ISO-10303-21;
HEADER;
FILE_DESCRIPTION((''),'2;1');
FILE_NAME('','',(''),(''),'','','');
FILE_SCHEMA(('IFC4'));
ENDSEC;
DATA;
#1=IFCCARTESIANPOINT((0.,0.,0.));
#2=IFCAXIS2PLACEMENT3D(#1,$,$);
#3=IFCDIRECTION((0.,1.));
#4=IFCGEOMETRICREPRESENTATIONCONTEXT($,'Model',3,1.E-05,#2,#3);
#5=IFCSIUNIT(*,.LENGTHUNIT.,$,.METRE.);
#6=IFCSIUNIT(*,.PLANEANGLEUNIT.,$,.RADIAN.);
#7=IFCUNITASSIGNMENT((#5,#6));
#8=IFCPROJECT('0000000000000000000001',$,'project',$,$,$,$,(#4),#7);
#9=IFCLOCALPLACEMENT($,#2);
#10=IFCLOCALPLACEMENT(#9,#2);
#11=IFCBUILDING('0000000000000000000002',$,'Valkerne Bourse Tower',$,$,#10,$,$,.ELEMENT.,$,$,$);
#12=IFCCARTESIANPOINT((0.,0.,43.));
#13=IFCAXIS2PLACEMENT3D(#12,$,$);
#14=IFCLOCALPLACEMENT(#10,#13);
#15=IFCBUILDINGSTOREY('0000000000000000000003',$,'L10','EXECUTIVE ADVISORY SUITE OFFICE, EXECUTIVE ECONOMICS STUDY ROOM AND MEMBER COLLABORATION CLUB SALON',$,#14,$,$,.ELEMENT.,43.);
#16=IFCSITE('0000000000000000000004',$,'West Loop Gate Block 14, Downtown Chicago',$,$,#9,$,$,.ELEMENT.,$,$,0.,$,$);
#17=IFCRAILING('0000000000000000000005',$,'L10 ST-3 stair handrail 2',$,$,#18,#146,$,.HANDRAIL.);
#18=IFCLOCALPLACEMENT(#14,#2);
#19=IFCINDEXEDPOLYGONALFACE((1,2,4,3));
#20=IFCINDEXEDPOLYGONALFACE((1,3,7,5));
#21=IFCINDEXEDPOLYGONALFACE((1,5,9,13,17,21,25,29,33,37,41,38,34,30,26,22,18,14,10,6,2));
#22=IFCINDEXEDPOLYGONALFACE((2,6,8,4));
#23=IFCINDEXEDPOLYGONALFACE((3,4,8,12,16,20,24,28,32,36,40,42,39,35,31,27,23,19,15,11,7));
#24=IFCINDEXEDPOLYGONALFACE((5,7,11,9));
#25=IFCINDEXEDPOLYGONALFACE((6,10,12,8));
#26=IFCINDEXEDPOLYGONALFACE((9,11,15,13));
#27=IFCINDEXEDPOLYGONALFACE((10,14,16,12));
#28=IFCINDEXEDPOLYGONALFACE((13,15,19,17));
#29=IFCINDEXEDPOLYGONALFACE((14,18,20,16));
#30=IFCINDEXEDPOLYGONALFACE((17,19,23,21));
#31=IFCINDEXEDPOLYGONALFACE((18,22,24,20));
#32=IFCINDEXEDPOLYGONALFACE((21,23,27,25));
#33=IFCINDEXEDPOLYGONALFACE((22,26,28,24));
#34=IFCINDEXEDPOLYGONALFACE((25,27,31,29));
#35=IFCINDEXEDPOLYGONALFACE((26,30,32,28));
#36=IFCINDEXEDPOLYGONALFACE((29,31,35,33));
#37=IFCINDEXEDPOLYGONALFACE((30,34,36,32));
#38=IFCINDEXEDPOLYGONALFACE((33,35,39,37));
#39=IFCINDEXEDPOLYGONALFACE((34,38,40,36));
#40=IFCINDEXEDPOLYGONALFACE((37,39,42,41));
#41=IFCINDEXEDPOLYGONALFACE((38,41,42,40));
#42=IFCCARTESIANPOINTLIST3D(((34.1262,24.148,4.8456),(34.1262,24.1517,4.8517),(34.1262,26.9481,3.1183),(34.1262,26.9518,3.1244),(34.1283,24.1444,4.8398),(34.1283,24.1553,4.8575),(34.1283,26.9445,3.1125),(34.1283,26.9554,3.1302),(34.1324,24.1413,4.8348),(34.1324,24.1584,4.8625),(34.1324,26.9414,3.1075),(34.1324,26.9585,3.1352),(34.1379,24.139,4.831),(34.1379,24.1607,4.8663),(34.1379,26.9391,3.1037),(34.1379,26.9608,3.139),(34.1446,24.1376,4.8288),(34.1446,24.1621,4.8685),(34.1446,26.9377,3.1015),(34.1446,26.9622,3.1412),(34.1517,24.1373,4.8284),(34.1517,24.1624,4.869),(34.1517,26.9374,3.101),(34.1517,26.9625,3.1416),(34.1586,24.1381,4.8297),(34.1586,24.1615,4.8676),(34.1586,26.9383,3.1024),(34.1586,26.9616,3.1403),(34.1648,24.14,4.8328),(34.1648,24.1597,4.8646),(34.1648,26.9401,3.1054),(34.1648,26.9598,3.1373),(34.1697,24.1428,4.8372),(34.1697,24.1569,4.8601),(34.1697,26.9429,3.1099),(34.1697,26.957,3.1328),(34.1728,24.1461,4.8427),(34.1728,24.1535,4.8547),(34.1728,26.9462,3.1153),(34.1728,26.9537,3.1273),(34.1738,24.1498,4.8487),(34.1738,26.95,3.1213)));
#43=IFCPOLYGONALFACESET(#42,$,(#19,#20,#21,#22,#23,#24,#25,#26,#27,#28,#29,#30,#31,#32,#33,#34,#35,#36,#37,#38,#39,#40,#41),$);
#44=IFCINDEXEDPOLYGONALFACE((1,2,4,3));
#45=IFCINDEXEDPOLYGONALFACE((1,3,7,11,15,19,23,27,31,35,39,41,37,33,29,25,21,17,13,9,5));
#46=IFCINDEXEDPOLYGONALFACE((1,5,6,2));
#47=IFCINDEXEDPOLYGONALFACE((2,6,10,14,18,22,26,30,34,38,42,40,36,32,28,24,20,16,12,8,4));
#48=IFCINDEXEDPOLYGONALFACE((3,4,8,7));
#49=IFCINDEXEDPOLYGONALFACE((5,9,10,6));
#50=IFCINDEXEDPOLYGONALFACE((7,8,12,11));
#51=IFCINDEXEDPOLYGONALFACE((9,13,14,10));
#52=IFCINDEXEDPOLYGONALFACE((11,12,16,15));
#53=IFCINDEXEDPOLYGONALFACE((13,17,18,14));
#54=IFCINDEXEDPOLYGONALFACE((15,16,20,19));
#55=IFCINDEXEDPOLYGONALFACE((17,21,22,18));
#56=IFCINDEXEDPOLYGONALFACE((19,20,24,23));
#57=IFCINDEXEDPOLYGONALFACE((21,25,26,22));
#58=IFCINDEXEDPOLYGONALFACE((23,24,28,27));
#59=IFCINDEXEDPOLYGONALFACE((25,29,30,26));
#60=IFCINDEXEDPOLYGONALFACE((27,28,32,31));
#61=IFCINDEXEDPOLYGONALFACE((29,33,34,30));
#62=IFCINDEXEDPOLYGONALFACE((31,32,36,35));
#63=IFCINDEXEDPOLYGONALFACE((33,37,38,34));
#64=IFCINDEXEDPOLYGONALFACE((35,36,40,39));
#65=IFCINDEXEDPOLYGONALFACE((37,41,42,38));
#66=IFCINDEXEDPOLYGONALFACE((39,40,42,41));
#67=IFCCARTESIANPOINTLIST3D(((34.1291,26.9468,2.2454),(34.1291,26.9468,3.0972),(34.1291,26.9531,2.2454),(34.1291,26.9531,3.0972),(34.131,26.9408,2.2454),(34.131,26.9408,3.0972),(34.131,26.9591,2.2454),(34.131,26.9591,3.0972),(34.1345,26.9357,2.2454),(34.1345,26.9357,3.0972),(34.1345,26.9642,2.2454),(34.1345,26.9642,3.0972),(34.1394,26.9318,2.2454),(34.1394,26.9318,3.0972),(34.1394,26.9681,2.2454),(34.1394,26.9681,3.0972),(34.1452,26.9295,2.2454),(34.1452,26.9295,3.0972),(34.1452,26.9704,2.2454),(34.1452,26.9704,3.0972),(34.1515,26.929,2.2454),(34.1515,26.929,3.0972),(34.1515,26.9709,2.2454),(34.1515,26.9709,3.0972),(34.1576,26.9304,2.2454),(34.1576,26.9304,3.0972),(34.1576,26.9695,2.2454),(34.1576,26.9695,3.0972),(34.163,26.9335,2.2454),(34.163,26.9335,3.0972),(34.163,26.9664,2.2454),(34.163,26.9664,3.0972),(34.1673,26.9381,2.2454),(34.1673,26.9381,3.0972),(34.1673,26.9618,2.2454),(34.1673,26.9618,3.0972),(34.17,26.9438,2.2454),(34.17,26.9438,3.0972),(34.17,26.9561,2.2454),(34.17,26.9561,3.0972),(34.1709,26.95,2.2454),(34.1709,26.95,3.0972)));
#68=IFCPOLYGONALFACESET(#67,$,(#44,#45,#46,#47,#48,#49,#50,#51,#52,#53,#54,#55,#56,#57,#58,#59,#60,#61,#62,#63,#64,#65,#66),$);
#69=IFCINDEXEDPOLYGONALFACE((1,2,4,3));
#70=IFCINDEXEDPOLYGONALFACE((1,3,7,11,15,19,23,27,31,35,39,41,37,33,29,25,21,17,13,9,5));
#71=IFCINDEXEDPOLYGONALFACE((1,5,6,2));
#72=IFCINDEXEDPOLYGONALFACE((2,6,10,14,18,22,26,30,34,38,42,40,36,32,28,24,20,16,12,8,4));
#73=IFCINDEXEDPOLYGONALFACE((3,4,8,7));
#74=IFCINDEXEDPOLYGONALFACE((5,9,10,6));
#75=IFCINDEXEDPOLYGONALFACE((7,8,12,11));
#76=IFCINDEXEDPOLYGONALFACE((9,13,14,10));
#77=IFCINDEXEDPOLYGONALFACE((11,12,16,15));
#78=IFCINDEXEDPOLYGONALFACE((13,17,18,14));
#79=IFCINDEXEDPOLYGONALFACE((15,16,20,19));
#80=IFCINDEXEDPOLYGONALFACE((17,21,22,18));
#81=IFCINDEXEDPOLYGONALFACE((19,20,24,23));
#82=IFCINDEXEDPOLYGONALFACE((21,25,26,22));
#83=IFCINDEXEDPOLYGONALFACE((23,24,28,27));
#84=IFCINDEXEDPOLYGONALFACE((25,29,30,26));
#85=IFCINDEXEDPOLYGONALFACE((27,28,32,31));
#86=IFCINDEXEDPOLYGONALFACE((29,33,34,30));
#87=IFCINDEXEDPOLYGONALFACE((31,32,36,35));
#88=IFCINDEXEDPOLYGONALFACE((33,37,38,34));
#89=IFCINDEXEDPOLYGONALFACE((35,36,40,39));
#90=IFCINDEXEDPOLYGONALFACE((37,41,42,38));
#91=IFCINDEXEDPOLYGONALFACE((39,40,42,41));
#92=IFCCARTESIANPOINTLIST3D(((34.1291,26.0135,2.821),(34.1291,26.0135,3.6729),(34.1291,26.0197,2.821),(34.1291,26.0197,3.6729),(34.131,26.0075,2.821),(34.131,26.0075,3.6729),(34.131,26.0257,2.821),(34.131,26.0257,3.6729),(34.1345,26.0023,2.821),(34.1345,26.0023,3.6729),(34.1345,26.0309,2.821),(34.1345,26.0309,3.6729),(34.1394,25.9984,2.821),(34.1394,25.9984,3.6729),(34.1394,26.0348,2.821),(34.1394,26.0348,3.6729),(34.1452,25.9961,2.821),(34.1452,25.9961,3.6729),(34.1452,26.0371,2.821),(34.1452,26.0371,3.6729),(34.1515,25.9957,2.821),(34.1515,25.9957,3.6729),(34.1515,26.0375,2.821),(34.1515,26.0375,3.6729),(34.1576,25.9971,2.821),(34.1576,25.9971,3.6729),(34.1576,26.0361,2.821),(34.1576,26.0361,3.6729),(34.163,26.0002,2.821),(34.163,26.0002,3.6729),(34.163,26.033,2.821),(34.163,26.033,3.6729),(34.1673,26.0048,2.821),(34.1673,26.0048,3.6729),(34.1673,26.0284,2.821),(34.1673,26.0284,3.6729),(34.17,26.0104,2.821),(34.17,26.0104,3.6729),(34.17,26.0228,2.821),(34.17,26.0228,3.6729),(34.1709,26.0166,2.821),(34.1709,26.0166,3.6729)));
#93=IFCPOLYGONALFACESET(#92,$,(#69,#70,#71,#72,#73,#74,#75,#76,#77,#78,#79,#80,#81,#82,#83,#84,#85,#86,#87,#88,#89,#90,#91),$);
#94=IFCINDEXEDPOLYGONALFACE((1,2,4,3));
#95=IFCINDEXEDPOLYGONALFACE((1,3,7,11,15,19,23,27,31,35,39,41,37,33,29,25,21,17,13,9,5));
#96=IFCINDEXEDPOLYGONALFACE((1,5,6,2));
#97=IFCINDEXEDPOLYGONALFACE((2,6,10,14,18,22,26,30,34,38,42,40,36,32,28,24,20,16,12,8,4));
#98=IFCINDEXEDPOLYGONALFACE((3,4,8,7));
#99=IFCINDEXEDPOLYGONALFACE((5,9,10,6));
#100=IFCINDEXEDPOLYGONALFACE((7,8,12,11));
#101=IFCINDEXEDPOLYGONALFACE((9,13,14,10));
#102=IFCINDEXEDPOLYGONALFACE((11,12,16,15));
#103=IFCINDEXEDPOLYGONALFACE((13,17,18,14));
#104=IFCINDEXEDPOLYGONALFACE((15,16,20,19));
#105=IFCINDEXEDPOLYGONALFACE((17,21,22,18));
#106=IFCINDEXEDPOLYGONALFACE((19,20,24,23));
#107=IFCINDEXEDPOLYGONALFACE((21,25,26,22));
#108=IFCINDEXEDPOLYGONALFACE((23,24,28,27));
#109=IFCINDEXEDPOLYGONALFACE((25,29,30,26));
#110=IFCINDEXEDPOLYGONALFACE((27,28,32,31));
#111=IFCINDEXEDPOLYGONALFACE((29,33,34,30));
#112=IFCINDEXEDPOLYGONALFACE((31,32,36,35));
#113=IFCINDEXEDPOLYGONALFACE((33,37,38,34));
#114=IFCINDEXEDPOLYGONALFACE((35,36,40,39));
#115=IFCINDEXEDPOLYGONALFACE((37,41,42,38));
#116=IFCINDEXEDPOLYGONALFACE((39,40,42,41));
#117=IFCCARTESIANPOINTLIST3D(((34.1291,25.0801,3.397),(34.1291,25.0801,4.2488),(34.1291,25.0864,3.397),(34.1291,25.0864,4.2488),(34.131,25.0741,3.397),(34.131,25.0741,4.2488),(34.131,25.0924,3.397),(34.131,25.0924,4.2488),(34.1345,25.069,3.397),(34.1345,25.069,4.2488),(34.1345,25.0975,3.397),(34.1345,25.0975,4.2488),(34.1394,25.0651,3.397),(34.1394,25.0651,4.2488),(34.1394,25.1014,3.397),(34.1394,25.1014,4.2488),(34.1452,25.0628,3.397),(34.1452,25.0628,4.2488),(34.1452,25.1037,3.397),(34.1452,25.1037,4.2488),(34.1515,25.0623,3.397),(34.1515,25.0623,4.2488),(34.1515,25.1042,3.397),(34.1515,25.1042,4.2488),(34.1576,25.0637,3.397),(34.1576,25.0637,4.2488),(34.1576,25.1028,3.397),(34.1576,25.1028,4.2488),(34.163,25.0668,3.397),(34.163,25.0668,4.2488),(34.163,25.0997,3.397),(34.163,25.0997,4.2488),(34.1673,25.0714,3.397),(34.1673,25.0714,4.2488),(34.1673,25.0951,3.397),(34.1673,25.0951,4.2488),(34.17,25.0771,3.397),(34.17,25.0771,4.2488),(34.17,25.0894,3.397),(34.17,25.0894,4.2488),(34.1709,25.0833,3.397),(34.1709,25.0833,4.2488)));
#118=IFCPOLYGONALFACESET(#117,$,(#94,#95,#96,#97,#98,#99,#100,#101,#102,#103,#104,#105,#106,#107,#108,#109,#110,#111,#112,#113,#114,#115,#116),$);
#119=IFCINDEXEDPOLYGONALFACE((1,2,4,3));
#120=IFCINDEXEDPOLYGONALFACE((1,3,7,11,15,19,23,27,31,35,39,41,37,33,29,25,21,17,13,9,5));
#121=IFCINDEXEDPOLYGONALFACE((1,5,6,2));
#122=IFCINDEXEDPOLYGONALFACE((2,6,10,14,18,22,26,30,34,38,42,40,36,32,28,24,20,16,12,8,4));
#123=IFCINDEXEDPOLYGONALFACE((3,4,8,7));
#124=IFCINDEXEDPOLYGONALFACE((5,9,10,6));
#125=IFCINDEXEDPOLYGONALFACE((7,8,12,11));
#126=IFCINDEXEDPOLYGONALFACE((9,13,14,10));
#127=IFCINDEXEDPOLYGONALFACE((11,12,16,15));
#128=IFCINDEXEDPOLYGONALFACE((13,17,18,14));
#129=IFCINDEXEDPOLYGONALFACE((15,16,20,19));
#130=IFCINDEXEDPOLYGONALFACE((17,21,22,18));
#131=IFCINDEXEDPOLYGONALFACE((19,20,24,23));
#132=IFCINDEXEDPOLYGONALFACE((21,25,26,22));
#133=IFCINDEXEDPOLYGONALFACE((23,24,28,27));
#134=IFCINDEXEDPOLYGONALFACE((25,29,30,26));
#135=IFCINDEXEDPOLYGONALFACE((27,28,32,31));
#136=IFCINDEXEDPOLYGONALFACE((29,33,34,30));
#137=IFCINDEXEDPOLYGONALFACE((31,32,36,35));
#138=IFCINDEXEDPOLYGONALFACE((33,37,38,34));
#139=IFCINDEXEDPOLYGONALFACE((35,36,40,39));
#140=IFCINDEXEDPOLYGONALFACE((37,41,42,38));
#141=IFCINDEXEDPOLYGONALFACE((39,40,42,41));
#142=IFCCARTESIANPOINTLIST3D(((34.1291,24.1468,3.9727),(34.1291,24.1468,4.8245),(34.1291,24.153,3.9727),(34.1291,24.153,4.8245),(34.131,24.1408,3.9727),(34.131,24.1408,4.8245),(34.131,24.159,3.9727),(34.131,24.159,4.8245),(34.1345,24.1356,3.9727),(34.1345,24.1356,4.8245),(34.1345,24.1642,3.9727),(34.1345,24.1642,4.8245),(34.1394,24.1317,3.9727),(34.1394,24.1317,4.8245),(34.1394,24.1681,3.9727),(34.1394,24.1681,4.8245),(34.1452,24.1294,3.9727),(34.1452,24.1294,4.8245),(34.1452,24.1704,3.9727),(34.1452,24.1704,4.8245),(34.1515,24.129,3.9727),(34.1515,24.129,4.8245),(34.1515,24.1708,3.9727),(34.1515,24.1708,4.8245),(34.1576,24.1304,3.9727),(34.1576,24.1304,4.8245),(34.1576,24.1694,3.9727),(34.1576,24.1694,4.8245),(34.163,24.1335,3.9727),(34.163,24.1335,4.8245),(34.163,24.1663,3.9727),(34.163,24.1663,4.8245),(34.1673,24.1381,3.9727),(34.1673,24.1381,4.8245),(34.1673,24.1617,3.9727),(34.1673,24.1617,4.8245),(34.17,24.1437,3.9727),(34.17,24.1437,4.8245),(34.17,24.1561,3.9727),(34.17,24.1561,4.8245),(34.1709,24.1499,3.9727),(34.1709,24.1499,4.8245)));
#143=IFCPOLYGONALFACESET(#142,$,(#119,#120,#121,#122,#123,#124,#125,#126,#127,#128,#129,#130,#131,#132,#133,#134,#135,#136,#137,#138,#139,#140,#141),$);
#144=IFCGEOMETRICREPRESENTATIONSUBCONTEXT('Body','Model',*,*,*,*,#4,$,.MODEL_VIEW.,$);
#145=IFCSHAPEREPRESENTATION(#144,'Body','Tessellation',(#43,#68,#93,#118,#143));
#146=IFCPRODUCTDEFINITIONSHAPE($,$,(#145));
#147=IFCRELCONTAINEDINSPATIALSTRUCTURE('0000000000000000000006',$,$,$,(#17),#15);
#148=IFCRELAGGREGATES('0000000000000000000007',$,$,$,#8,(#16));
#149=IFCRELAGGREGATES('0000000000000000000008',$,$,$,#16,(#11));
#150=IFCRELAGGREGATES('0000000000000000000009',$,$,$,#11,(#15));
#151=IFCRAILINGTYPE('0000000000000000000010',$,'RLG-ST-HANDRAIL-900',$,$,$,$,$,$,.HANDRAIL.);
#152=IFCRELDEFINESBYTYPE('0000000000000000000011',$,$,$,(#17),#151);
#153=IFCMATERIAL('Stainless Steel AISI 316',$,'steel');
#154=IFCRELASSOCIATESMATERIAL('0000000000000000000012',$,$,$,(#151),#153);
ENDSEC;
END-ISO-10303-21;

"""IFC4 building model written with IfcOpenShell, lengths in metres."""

from ifc_helpers import new_model, si_unit, direction, frame, origin, origin_2d, place, context, subcontext, project, spatial, circle, extrude, material, type_object, element, save


model = new_model("IFC4")

# Units and contexts
model_context = context("Model", 3, precision=1e-05, world=origin(), true_north=direction((0.0, 1.0)))
body_context = subcontext(model_context, "Body", "Model", "MODEL_VIEW")
ifc_project = project(units=[si_unit("LENGTHUNIT", "METRE"), si_unit("PLANEANGLEUNIT", "RADIAN")], contexts=[model_context])

# Site, building, storey
site_placement = place(None, origin())
site = spatial("IfcSite", under=ifc_project, at=site_placement, Name="West Loop Gate Block 14, Downtown Chicago", CompositionType="ELEMENT", RefElevation=0.0)
building_placement = place(site_placement, origin())
building = spatial("IfcBuilding", under=site, at=building_placement, Name="Valkerne Bourse Tower", CompositionType="ELEMENT")
storey_placement = place(building_placement, frame((0.0, 0.0, 43.0)))
storey = spatial("IfcBuildingStorey", under=building, at=storey_placement, Name="L10", Description="EXECUTIVE ADVISORY SUITE OFFICE, EXECUTIVE ECONOMICS STUDY ROOM AND MEMBER COLLABORATION CLUB SALON", CompositionType="ELEMENT", Elevation=43.0)

# Railing
ifc_material_1 = material(Name="Stainless Steel AISI 316", Category="steel")
railing_type_1 = type_object("IfcRailingType", Name="RLG-ST-HANDRAIL-900", PredefinedType="HANDRAIL", material=ifc_material_1)
railing_1_placement = place(storey_placement, frame((34.1499, 26.95, 2.2454)))
element("IfcRailing", 1, at=railing_1_placement, inside=storey, type_object=railing_type_1, Name="L10 ST-3 stair handrail 2", PredefinedType="HANDRAIL", context=body_context, shape_type="SweptSolid", body=[
    extrude(circle(Radius=0.0239, at=origin_2d()), frame((0.0, 0.0, 0.876), z_axis=(0.0, -0.85109, 0.52502), x_axis=(1.0, 0.0, 0.0)), (0.0, 0.0, 1.0), 3.29),
    extrude(circle(Radius=0.021, at=origin_2d()), origin(), (0.0, 0.0, 1.0), 0.8518),
    extrude(circle(Radius=0.021, at=origin_2d()), frame((0.0, -0.9333, 0.5757)), (0.0, 0.0, 1.0), 0.8518),
    extrude(circle(Radius=0.021, at=origin_2d()), frame((0.0, -1.8667, 1.1516)), (0.0, 0.0, 1.0), 0.8518),
    extrude(circle(Radius=0.021, at=origin_2d()), frame((0.0, -2.8, 1.7273)), (0.0, 0.0, 1.0), 0.8518),
])

save(model, "model.ifc")
